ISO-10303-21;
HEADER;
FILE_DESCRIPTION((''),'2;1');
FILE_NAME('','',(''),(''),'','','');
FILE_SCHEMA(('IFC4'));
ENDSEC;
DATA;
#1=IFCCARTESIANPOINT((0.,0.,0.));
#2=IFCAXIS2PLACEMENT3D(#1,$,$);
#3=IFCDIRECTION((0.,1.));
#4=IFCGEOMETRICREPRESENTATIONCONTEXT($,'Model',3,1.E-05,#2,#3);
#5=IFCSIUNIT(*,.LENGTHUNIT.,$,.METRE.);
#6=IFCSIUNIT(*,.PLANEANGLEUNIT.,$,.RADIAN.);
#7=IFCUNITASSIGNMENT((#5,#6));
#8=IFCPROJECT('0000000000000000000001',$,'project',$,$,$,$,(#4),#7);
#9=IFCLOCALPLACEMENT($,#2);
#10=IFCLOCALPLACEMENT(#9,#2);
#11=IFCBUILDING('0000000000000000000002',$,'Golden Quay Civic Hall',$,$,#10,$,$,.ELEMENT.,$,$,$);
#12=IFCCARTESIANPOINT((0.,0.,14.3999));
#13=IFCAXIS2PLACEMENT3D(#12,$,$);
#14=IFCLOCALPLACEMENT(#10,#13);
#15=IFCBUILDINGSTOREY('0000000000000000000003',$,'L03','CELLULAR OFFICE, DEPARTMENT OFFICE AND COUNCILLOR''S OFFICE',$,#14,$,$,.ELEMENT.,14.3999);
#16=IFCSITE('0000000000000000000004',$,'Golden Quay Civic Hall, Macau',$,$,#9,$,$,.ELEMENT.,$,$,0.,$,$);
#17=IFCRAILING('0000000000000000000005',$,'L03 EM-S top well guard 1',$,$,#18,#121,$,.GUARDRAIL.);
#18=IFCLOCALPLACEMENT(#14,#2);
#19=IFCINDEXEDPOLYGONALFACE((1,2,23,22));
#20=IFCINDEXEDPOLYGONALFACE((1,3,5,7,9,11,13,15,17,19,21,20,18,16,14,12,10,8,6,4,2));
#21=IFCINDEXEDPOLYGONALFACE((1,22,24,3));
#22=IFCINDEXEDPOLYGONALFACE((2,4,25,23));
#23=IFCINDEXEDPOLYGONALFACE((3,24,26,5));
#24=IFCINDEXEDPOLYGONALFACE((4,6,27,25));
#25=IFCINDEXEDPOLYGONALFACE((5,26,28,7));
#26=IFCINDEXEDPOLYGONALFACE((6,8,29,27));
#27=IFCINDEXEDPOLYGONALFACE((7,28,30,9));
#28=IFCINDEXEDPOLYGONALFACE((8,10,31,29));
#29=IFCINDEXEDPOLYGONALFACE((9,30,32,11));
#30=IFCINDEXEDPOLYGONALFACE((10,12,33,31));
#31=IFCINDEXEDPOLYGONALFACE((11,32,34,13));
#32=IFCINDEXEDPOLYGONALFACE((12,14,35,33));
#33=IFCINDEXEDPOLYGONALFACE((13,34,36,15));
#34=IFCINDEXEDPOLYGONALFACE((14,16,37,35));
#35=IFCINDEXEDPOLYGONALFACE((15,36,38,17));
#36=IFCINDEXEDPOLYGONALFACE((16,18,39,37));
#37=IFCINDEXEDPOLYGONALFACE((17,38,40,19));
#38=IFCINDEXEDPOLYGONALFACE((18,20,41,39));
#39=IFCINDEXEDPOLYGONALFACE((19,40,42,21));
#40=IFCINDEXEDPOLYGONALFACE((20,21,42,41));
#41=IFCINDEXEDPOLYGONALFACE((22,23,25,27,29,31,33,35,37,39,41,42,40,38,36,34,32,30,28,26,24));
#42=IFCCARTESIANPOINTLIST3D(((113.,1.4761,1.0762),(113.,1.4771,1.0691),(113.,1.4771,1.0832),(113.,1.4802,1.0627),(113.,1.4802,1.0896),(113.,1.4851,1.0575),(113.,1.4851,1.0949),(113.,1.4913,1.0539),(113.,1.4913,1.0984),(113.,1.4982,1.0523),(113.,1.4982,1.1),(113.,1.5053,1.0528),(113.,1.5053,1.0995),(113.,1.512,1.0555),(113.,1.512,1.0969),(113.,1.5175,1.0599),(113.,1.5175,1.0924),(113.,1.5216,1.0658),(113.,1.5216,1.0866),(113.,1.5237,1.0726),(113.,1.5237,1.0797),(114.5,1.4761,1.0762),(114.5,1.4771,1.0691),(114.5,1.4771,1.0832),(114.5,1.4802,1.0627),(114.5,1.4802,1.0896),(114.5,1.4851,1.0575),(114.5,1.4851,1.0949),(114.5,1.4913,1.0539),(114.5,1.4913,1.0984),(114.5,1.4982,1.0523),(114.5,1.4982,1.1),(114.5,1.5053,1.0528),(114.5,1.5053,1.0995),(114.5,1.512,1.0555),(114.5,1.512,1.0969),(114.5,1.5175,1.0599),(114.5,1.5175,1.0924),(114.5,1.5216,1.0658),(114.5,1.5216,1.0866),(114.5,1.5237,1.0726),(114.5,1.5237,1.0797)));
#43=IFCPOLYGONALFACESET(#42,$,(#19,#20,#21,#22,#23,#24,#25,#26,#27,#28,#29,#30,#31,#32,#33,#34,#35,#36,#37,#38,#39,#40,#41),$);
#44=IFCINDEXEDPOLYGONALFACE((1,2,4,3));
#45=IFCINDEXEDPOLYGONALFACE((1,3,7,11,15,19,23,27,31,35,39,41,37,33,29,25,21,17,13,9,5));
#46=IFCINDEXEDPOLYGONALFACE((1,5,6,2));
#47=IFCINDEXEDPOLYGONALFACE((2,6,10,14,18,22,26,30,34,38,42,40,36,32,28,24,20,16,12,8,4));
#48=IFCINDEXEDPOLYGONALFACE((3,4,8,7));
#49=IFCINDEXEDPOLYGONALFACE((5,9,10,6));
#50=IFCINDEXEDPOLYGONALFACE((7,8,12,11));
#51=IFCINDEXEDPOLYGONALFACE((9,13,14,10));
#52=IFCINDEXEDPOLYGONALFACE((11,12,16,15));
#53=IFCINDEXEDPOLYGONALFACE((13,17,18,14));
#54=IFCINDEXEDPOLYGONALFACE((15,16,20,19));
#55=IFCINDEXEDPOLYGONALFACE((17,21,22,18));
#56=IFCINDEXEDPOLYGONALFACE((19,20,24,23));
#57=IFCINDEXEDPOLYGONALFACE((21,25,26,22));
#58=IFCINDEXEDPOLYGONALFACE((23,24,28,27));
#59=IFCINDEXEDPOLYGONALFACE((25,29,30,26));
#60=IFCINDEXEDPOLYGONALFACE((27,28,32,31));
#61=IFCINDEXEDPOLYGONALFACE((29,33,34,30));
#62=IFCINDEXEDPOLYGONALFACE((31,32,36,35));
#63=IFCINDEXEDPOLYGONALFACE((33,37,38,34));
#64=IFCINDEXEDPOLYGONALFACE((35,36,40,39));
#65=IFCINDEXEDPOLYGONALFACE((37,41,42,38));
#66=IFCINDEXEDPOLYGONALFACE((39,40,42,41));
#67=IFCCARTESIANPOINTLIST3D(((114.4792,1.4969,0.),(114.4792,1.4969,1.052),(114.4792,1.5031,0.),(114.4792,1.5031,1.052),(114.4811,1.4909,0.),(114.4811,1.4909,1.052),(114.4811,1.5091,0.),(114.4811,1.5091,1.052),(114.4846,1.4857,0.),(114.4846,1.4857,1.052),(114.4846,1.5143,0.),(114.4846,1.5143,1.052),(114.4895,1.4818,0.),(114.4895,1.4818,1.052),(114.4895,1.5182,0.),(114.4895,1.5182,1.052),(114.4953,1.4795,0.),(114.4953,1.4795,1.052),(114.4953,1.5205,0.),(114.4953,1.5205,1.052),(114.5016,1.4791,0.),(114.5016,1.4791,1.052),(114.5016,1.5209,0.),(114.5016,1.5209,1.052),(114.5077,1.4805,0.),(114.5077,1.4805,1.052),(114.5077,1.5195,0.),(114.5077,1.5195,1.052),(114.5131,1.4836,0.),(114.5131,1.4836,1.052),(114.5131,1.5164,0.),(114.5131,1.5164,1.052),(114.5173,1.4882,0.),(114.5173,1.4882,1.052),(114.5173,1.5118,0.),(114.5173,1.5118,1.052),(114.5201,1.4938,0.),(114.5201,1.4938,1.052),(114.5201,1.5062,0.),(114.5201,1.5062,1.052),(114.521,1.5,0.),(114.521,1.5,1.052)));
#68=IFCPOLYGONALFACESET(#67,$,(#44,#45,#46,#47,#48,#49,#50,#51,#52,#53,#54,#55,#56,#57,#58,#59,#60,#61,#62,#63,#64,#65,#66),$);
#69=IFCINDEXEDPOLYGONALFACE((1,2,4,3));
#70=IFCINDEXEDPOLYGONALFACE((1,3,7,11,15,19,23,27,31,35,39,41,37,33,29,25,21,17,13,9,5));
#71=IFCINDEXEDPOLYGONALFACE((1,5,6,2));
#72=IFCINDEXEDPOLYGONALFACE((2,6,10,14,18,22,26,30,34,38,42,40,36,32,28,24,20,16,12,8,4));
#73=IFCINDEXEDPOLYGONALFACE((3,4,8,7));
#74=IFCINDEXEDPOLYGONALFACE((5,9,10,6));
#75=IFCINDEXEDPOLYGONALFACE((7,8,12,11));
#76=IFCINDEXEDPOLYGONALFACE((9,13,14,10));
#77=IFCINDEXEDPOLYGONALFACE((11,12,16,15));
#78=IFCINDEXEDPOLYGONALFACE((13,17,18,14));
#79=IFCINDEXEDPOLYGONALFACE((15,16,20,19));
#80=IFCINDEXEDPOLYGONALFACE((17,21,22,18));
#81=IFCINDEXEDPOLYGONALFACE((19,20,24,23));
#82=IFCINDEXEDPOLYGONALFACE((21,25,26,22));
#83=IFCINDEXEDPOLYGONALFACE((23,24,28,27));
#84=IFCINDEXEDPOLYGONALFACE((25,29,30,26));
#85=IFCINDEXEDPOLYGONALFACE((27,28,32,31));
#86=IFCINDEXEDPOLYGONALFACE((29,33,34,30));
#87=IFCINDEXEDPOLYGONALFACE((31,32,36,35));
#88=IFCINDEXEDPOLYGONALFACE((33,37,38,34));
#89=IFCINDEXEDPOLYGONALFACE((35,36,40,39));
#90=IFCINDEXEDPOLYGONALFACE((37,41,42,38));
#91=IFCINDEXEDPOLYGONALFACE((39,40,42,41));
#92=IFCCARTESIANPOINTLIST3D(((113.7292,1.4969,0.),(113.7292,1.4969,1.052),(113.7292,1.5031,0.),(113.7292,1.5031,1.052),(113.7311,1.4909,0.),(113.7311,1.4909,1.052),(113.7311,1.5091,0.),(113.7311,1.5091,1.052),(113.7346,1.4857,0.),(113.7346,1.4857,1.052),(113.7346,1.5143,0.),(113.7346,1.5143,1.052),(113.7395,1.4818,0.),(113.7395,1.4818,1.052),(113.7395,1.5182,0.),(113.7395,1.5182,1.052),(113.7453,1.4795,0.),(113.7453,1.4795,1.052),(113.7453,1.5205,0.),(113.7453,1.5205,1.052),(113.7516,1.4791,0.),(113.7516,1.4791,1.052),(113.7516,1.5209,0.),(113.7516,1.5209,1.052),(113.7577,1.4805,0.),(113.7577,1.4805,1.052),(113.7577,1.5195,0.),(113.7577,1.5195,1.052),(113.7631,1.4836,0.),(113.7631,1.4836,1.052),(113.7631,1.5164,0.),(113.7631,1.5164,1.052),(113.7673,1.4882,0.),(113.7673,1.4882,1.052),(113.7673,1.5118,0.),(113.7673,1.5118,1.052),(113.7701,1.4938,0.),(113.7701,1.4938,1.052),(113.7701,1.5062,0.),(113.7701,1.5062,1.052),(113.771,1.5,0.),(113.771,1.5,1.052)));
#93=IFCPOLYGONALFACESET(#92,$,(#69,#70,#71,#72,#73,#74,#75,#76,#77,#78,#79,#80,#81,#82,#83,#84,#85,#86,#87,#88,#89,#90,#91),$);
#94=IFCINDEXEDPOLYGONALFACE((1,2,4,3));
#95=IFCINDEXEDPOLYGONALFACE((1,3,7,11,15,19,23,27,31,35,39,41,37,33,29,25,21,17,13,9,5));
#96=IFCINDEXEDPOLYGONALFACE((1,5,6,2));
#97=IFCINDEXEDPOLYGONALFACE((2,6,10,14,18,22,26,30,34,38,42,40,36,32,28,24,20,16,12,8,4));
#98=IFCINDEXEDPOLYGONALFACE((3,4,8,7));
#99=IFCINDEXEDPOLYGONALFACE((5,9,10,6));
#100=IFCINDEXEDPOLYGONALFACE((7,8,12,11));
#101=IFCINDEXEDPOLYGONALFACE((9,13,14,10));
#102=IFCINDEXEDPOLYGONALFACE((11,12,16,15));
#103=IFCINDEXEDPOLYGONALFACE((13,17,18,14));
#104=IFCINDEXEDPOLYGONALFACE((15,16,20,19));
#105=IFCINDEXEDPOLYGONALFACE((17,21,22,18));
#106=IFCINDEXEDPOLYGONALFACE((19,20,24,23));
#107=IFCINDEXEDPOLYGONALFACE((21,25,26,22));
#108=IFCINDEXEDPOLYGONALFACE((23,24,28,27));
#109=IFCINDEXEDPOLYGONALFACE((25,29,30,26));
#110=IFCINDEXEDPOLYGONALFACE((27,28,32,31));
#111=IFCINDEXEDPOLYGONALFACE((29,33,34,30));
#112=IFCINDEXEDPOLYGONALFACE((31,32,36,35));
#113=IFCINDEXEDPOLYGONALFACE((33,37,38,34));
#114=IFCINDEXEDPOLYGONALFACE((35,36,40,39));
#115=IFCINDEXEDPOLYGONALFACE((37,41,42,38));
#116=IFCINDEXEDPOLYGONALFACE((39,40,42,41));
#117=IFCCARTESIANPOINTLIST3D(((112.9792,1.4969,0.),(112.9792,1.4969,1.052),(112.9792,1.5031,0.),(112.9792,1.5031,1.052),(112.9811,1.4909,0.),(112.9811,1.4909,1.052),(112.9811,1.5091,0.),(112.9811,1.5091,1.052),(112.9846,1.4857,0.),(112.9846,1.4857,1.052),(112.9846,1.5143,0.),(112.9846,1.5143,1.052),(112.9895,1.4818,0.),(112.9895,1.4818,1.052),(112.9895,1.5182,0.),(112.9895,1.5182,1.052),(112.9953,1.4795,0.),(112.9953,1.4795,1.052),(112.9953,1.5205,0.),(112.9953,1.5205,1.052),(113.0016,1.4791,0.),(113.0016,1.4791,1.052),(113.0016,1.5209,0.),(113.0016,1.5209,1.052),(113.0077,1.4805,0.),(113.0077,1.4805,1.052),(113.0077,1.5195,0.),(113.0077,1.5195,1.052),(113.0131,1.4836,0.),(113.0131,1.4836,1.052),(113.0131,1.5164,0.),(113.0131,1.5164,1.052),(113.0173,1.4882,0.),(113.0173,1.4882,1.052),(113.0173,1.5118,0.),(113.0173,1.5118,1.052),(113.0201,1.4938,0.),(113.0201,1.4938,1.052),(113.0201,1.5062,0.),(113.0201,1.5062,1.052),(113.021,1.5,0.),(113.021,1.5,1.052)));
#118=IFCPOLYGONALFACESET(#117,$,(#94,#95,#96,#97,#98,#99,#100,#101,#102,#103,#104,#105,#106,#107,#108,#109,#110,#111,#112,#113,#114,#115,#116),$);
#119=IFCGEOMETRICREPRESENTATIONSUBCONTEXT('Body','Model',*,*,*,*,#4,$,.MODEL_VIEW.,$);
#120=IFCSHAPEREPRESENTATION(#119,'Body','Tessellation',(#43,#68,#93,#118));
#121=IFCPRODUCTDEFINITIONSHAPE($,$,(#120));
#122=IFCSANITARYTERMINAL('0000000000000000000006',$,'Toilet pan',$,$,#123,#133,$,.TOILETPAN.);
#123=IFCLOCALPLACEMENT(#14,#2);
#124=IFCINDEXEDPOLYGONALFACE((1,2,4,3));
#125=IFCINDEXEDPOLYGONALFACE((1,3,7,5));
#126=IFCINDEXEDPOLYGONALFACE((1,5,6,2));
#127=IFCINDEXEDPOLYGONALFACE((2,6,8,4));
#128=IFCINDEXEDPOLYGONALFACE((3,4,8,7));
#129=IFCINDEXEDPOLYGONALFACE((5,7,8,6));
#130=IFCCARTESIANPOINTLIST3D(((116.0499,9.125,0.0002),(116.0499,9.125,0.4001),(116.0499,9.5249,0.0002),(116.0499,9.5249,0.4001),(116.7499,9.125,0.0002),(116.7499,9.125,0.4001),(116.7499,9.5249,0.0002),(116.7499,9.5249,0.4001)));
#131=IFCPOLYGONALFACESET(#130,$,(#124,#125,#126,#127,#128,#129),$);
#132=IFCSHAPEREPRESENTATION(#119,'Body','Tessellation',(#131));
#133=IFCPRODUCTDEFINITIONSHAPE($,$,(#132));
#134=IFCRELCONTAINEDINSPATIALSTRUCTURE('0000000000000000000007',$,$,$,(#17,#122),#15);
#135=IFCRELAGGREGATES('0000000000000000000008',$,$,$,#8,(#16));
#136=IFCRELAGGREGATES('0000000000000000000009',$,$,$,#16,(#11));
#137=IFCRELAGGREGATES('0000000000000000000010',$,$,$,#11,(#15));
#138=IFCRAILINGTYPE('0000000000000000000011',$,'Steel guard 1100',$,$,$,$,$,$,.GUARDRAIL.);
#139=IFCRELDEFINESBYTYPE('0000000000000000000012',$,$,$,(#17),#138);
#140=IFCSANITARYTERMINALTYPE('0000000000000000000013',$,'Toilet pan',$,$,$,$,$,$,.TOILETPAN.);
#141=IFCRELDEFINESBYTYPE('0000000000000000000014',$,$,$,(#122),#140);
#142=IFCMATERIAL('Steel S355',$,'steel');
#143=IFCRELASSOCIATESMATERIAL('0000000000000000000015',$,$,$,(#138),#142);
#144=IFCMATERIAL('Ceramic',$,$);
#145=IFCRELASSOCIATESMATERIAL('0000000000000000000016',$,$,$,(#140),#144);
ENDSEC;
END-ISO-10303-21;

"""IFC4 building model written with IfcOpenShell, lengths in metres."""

from ifc_helpers import new_model, si_unit, direction, frame, origin, origin_2d, place, context, subcontext, project, spatial, rectangle, circle, extrude, material, type_object, element, save


model = new_model("IFC4")

# Units and contexts
model_context = context("Model", 3, precision=1e-05, world=origin(), true_north=direction((0.0, 1.0)))
body_context = subcontext(model_context, "Body", "Model", "MODEL_VIEW")
ifc_project = project(units=[si_unit("LENGTHUNIT", "METRE"), si_unit("PLANEANGLEUNIT", "RADIAN")], contexts=[model_context])

# Site, building, storey
site_placement = place(None, origin())
site = spatial("IfcSite", under=ifc_project, at=site_placement, Name="Golden Quay Civic Hall, Macau", CompositionType="ELEMENT", RefElevation=0.0)
building_placement = place(site_placement, origin())
building = spatial("IfcBuilding", under=site, at=building_placement, Name="Golden Quay Civic Hall", CompositionType="ELEMENT")
storey_placement = place(building_placement, frame((0.0, 0.0, 14.3999)))
storey = spatial("IfcBuildingStorey", under=building, at=storey_placement, Name="L03", Description="CELLULAR OFFICE, DEPARTMENT OFFICE AND COUNCILLOR'S OFFICE", CompositionType="ELEMENT", Elevation=14.3999)

# Railing
ifc_material_1 = material(Name="Steel S355", Category="steel")
railing_type = type_object("IfcRailingType", Name="Steel guard 1100", PredefinedType="GUARDRAIL", material=ifc_material_1)
railing_placement = place(storey_placement, frame((114.5, 1.5, 0.0)))
element("IfcRailing", 1, at=railing_placement, inside=storey, type_object=railing_type, Name="L03 EM-S top well guard 1", PredefinedType="GUARDRAIL", context=body_context, shape_type="SweptSolid", body=[
    extrude(circle(Radius=0.0239, at=origin_2d()), frame((0.0, 0.0, 1.0762), z_axis=(-1.0, 0.0, 0.0), x_axis=(0.0, -1.0, 0.0)), (0.0, 0.0, 1.0), 1.5),
    extrude(circle(Radius=0.021, at=origin_2d()), origin(), (0.0, 0.0, 1.0), 1.052),
    extrude(circle(Radius=0.021, at=origin_2d()), frame((-0.75, 0.0, 0.0)), (0.0, 0.0, 1.0), 1.052),
    extrude(circle(Radius=0.021, at=origin_2d()), frame((-1.5, 0.0, 0.0)), (0.0, 0.0, 1.0), 1.052),
])

# Sanitary terminal
ifc_material_2 = material(Name="Ceramic")
sanitary_terminal_type = type_object("IfcSanitaryTerminalType", Name="Toilet pan", PredefinedType="TOILETPAN", material=ifc_material_2)
sanitary_terminal_placement = place(storey_placement, frame((116.3999, 9.325, 0.0002), z_axis=(0.0, 0.0, 1.0), x_axis=(0.0, 1.0, 0.0)))
element("IfcSanitaryTerminal", 2, at=sanitary_terminal_placement, inside=storey, type_object=sanitary_terminal_type, Name="Toilet pan", PredefinedType="TOILETPAN", context=body_context, shape_type="SweptSolid", body=[
    extrude(rectangle(XDim=0.3999, YDim=0.7, at=origin_2d()), origin(), (0.0, 0.0, 1.0), 0.3999),
])

save(model, "model.ifc")
